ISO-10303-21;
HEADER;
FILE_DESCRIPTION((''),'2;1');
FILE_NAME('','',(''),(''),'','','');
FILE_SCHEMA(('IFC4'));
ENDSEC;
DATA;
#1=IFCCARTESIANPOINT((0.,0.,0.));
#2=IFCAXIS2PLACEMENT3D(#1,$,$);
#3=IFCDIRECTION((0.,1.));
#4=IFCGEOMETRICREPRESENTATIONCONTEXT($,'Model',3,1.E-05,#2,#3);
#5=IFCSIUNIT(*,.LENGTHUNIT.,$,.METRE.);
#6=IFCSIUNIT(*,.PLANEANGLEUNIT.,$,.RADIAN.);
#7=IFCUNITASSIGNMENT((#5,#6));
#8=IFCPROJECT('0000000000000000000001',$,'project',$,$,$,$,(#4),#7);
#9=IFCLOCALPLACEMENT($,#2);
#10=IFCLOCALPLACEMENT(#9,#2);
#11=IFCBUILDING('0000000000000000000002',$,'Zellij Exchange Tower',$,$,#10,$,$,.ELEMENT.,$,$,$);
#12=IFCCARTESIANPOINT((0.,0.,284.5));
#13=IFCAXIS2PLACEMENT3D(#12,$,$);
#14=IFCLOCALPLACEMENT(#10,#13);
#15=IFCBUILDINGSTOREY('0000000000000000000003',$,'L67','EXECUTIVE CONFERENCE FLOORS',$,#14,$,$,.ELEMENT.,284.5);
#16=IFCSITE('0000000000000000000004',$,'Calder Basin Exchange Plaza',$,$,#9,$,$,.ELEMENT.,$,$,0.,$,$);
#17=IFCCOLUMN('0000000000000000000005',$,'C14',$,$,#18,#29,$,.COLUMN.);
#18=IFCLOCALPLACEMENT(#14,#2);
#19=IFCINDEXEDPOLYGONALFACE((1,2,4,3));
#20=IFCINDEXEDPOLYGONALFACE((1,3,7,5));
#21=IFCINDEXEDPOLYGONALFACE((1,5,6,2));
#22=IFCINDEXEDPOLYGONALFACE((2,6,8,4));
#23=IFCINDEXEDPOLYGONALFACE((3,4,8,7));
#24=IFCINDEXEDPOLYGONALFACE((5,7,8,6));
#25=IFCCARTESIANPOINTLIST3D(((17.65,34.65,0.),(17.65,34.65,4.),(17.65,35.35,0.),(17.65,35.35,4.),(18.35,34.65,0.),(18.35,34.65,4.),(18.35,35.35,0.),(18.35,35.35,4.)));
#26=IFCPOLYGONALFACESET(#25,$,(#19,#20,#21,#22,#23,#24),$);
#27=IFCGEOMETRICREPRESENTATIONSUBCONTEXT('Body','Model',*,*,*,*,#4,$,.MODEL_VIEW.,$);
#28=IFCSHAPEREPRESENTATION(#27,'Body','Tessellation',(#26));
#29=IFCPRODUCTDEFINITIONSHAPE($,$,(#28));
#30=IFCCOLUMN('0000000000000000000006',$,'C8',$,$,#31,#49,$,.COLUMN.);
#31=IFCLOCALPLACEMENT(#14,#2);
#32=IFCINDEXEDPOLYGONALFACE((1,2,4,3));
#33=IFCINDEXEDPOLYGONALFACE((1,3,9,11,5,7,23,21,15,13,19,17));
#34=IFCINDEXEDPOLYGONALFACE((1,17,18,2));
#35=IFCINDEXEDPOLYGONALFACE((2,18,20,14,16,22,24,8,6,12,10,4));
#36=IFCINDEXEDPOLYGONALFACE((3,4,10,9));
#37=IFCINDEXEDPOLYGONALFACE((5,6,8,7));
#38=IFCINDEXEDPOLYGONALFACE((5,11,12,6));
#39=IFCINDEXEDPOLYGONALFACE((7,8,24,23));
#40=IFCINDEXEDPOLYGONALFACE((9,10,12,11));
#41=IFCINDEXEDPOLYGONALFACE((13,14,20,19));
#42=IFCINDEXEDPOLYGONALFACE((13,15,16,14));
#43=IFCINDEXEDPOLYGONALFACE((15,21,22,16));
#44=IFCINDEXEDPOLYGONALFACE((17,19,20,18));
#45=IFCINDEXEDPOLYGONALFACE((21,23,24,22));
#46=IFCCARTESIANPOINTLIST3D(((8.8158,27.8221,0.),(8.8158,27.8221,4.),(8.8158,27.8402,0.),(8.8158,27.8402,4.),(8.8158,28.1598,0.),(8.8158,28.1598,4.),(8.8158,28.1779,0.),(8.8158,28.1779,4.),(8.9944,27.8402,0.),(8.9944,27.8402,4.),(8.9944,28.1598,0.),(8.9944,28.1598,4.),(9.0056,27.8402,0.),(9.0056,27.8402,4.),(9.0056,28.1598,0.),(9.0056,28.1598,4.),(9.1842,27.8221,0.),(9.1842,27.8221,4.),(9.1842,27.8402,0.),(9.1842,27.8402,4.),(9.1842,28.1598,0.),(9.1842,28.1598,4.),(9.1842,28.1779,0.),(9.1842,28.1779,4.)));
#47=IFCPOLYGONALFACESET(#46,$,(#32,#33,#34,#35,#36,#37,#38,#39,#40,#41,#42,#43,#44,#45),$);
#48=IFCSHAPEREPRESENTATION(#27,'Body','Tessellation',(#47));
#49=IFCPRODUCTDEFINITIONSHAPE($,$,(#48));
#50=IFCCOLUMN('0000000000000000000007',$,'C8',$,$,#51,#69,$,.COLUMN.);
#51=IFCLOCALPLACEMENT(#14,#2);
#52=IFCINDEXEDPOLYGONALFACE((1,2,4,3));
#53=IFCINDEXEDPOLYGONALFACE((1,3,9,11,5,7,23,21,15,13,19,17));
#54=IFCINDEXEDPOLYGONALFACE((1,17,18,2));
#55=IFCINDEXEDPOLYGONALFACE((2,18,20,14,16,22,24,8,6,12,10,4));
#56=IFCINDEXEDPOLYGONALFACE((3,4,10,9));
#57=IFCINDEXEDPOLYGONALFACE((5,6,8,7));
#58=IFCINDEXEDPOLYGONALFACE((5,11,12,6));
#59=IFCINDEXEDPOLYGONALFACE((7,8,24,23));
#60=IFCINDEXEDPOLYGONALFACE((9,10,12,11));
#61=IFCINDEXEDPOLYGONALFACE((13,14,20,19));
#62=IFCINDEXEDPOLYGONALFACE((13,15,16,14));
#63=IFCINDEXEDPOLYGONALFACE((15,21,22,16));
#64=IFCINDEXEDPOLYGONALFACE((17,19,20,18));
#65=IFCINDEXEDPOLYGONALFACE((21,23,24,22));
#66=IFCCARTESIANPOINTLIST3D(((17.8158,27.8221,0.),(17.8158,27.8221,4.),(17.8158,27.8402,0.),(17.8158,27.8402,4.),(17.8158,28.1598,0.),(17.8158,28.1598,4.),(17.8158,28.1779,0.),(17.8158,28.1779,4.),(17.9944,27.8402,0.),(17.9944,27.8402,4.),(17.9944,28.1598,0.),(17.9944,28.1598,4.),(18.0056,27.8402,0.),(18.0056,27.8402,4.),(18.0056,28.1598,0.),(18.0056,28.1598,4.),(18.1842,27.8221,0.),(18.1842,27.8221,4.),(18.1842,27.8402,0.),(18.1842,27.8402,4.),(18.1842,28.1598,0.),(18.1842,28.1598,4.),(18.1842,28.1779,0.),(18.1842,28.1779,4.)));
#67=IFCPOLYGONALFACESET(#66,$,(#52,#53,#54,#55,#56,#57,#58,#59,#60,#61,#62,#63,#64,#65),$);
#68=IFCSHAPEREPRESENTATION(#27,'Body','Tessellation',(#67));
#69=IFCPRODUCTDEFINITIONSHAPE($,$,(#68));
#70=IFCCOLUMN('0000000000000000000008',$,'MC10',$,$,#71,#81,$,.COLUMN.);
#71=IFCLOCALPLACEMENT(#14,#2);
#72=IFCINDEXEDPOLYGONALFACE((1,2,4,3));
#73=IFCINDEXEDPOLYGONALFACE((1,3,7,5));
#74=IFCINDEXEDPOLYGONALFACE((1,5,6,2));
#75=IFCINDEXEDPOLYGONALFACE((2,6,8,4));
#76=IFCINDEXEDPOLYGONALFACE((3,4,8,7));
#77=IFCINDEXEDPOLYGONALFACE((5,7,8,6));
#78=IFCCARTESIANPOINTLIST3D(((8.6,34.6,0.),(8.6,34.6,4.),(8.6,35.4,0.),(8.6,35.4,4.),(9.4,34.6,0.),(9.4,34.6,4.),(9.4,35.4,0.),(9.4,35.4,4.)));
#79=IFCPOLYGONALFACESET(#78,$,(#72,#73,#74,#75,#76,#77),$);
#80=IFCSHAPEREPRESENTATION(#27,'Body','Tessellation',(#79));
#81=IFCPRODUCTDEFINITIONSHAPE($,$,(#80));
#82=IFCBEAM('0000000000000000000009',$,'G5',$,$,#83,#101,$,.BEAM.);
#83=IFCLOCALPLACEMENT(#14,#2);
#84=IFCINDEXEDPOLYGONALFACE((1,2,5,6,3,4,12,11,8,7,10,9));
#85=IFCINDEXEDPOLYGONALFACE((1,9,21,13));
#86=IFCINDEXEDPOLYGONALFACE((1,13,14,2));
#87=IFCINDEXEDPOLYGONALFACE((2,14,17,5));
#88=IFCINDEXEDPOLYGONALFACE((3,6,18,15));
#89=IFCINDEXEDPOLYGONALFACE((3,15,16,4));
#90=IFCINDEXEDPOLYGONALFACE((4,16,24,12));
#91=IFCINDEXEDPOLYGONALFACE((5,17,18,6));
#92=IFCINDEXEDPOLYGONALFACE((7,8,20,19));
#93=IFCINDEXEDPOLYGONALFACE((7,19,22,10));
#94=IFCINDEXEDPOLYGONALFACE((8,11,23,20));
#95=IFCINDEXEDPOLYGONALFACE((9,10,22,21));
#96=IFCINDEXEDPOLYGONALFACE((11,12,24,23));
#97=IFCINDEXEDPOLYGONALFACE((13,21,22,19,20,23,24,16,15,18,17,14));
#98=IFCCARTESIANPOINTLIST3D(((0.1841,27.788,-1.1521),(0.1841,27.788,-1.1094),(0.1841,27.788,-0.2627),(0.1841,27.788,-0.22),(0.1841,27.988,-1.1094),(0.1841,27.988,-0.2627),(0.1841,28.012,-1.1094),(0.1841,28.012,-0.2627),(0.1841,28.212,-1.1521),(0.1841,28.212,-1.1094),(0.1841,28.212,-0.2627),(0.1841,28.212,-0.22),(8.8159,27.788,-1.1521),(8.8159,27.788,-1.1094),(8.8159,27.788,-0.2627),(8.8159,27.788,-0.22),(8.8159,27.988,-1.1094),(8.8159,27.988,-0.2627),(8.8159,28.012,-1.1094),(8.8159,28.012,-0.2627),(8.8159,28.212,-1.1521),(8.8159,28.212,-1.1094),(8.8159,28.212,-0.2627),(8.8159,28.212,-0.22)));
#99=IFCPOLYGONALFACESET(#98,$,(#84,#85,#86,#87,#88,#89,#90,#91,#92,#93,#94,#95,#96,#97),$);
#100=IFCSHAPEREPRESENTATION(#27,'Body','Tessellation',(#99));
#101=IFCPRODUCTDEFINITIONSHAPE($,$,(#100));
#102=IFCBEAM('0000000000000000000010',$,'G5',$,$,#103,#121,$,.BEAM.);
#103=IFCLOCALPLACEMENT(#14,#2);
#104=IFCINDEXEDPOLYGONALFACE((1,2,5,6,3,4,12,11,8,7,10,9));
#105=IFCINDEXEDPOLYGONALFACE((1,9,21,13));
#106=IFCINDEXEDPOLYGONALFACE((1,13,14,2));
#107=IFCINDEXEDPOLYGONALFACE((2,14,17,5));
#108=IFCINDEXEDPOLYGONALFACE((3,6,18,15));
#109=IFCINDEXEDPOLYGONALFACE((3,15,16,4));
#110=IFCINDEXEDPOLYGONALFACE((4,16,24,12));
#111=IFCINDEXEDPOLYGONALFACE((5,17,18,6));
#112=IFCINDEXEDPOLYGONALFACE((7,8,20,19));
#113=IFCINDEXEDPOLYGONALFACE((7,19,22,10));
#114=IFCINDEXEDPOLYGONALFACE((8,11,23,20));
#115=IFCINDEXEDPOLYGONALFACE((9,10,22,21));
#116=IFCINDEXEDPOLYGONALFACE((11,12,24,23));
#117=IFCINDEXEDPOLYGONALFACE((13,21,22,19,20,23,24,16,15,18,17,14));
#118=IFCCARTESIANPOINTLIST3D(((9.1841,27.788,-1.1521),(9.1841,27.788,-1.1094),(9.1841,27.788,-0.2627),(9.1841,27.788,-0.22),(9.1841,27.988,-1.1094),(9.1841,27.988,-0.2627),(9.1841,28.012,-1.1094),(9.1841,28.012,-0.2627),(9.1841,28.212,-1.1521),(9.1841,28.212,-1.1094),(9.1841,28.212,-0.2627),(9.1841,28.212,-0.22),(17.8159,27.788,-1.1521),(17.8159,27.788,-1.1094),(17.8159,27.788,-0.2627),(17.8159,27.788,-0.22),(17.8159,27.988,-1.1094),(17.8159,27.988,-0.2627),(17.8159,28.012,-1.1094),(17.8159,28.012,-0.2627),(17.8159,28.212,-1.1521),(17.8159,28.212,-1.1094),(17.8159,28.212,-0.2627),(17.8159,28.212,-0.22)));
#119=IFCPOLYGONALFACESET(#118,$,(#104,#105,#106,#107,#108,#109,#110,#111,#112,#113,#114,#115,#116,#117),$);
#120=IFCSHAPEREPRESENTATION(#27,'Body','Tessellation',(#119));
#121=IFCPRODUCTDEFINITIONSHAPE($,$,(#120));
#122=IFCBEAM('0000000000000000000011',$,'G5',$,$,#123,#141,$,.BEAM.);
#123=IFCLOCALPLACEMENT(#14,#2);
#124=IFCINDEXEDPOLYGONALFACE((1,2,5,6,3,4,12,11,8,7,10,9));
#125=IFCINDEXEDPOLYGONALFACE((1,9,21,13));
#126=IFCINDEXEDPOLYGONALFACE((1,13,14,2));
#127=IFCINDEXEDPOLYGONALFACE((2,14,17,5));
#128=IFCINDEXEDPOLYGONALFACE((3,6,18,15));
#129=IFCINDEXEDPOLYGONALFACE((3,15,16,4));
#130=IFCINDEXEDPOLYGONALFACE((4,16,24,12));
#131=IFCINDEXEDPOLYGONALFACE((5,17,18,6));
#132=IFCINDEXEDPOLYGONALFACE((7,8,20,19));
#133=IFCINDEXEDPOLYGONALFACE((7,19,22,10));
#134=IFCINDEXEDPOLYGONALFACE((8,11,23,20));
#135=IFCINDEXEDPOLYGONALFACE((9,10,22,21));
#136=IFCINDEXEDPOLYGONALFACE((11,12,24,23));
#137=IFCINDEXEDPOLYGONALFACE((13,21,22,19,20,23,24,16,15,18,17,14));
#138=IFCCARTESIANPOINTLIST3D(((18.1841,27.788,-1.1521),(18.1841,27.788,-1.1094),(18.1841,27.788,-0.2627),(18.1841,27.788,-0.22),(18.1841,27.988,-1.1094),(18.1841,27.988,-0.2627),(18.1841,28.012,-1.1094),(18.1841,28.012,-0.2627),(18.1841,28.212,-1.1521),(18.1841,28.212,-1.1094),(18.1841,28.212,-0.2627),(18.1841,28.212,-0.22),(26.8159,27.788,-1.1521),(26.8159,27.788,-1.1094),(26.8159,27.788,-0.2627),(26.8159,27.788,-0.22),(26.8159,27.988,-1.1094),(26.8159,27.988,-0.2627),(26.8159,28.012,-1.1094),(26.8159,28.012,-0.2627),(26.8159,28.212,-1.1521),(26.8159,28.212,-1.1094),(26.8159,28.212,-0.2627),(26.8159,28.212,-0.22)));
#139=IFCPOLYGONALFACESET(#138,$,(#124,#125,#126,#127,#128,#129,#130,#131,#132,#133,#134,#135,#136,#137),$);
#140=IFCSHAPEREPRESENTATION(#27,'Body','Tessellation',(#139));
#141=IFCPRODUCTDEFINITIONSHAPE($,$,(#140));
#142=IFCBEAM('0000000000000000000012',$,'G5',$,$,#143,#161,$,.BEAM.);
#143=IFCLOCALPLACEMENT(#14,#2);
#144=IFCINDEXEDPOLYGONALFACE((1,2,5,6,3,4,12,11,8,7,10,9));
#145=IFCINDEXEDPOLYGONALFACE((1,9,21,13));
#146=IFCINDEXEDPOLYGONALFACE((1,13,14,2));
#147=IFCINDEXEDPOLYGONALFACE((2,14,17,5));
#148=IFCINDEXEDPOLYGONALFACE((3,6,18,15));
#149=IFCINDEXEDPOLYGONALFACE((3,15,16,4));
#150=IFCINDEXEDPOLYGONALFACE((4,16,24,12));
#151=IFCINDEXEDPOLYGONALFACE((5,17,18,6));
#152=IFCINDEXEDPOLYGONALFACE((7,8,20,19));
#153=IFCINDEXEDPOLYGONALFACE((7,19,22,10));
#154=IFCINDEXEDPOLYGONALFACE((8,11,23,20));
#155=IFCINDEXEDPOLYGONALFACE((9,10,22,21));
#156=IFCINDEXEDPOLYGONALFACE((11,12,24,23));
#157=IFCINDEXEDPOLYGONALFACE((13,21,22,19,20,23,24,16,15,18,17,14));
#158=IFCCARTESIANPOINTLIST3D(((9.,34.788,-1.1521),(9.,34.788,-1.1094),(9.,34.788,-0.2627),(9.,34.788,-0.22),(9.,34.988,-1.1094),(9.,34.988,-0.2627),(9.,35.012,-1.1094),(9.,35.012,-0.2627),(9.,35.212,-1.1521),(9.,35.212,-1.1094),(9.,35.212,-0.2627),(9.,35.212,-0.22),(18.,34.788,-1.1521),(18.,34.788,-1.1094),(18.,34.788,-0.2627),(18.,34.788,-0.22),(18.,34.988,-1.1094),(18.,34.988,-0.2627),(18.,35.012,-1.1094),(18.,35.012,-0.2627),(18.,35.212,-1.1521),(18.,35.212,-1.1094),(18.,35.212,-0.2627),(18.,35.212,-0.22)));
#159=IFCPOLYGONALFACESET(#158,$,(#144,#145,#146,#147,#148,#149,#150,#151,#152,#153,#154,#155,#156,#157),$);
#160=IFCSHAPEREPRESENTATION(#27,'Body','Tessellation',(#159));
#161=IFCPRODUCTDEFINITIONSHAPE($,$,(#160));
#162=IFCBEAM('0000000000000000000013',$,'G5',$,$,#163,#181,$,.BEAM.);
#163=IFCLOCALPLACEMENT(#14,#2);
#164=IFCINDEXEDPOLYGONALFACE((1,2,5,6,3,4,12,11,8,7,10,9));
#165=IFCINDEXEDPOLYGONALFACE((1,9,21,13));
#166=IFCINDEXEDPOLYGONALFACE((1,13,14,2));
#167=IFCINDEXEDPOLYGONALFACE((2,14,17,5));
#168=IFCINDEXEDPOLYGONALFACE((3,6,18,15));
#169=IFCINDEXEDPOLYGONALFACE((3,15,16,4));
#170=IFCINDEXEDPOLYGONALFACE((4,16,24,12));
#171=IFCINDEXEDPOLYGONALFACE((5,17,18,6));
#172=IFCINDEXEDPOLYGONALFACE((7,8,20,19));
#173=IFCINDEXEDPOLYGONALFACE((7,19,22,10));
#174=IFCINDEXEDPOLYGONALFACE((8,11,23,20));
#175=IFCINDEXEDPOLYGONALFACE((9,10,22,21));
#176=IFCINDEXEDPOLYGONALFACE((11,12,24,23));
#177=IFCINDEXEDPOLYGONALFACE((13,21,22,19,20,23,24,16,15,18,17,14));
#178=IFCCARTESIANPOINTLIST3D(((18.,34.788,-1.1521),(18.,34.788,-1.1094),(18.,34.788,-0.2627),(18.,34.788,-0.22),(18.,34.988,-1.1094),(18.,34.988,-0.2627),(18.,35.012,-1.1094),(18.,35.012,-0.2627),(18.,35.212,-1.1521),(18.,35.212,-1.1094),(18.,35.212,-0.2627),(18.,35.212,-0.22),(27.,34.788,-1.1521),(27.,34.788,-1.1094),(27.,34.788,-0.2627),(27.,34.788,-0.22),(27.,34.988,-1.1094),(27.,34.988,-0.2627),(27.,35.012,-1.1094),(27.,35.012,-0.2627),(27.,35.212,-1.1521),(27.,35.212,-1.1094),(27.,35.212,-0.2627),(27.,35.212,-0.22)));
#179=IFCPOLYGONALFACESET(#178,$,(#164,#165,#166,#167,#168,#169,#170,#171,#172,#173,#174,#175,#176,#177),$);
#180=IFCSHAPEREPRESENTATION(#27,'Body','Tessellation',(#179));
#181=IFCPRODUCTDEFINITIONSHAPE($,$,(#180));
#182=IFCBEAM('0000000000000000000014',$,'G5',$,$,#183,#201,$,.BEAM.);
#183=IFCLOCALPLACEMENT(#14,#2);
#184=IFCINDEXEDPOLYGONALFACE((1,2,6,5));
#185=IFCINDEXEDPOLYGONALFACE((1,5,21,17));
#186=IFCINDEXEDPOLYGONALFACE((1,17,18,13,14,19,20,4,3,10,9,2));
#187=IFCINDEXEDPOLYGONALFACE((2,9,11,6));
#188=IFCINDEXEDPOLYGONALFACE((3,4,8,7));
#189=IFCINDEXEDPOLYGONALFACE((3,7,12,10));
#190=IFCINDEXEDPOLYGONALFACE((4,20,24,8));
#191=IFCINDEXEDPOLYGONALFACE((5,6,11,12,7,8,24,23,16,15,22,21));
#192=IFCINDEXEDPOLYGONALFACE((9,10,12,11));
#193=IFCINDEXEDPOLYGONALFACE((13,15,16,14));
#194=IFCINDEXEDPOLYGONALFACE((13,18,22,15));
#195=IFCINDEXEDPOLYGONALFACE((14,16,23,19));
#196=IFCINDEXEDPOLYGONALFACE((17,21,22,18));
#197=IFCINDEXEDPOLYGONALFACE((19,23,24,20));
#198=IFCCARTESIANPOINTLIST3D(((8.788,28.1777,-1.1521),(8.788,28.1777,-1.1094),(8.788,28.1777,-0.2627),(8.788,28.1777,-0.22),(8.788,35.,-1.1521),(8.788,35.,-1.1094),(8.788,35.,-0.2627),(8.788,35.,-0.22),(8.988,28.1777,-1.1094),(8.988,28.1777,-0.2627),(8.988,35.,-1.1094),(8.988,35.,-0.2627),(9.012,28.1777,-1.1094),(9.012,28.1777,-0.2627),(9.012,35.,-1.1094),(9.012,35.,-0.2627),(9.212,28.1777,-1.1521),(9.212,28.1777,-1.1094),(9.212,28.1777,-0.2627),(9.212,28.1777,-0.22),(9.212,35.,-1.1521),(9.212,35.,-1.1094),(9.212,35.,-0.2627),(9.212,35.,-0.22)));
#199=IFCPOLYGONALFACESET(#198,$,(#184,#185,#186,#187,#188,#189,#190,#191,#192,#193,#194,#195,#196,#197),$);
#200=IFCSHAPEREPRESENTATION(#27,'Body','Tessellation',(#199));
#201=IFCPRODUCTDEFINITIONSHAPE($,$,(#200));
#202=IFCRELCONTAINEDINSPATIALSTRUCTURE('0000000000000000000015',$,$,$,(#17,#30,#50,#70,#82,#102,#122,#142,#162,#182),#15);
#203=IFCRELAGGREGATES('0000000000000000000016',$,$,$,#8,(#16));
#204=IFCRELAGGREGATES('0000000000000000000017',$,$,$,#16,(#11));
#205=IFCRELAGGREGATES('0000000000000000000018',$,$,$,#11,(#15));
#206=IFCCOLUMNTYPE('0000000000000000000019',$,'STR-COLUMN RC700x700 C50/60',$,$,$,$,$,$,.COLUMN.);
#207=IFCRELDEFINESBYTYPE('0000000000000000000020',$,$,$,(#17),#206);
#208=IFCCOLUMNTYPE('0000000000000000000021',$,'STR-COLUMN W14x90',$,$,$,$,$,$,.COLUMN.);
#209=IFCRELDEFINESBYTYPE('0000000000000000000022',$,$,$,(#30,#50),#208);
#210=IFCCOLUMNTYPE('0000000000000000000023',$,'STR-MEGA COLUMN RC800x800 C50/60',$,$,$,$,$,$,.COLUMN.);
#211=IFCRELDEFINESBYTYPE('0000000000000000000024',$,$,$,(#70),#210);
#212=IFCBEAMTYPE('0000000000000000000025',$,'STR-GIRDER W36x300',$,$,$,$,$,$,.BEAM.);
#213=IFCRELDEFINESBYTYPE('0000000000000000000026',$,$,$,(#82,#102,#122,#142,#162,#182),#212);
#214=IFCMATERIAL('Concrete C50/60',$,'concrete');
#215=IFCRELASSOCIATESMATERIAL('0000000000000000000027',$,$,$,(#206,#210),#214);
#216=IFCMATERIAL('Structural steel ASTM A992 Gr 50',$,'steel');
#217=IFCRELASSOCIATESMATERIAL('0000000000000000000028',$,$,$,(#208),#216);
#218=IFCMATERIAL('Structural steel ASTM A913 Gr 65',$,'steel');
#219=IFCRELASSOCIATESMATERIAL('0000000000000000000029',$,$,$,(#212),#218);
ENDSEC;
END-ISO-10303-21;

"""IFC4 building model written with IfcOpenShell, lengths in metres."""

from ifc_helpers import new_model, si_unit, direction, frame, origin, origin_2d, place, context, subcontext, project, spatial, rectangle, i_section, extrude, material, material_profile, profile_set, type_object, element, save


model = new_model("IFC4")

# Units and contexts
model_context = context("Model", 3, precision=1e-05, world=origin(), true_north=direction((0.0, 1.0)))
body_context = subcontext(model_context, "Body", "Model", "MODEL_VIEW")
ifc_project = project(units=[si_unit("LENGTHUNIT", "METRE"), si_unit("PLANEANGLEUNIT", "RADIAN")], contexts=[model_context])

# Site, building, storey
site_placement = place(None, origin())
site = spatial("IfcSite", under=ifc_project, at=site_placement, Name="Calder Basin Exchange Plaza", CompositionType="ELEMENT", RefElevation=0.0)
building_placement = place(site_placement, origin())
building = spatial("IfcBuilding", under=site, at=building_placement, Name="Zellij Exchange Tower", CompositionType="ELEMENT")
storey_placement = place(building_placement, frame((0.0, 0.0, 284.5)))
storey = spatial("IfcBuildingStorey", under=building, at=storey_placement, Name="L67", Description="EXECUTIVE CONFERENCE FLOORS", CompositionType="ELEMENT", Elevation=284.5)

# Columns
ifc_material_1 = material(Name="Concrete C50/60", Category="concrete")
ifc_material_profile_1 = material_profile(ifc_material_1, rectangle(XDim=0.7, YDim=0.7, at=origin_2d()), Name="STR-COLUMN RC700x700 C50/60")
ifc_profile_set_1 = profile_set([ifc_material_profile_1], Name="Concrete C50/60")
column_type_1 = type_object("IfcColumnType", Name="STR-COLUMN RC700x700 C50/60", PredefinedType="COLUMN", material=ifc_profile_set_1)
column_1_placement = place(storey_placement, frame((18.0, 35.0, 0.0), z_axis=(0.0, 0.0, 1.0), x_axis=(1.0, 0.0, 0.0)))
element("IfcColumn", 1, at=column_1_placement, inside=storey, type_object=column_type_1, Name="C14", PredefinedType="COLUMN", context=body_context, shape_type="SweptSolid", body=[
    extrude(rectangle(XDim=0.7, YDim=0.7, at=origin_2d()), origin(), (0.0, 0.0, 1.0), 4.0),
])
ifc_material_2 = material(Name="Structural steel ASTM A992 Gr 50", Category="steel")
ifc_material_profile_2 = material_profile(ifc_material_2, i_section(OverallWidth=0.3684, OverallDepth=0.3557, WebThickness=0.0112, FlangeThickness=0.0181, at=origin_2d()), Name="W14x90")
ifc_profile_set_2 = profile_set([ifc_material_profile_2], Name="Structural steel ASTM A992 Gr 50")
column_type_2 = type_object("IfcColumnType", Name="STR-COLUMN W14x90", PredefinedType="COLUMN", material=ifc_profile_set_2)
for number, where, z_axis, x_axis, name in (
    (2, (9.0, 28.0, 0.0), (0.0, 0.0, 1.0), (1.0, 0.0, 0.0), "C8"),
    (3, (18.0, 28.0, 0.0), (0.0, 0.0, 1.0), (1.0, 0.0, 0.0), "C8"),
):
    element("IfcColumn", number, at=place(storey_placement, frame(where, z_axis=z_axis, x_axis=x_axis)), inside=storey, type_object=column_type_2, Name=name, PredefinedType="COLUMN", context=body_context, shape_type="SweptSolid", body=[
        extrude(i_section(OverallWidth=0.3684, OverallDepth=0.3557, WebThickness=0.0112, FlangeThickness=0.0181, at=origin_2d()), origin(), (0.0, 0.0, 1.0), 4.0),
    ])
ifc_material_profile_3 = material_profile(ifc_material_1, rectangle(XDim=0.8, YDim=0.8, at=origin_2d()), Name="STR-MEGA COLUMN RC800x800 C50/60")
ifc_profile_set_3 = profile_set([ifc_material_profile_3], Name="Concrete C50/60")
column_type_3 = type_object("IfcColumnType", Name="STR-MEGA COLUMN RC800x800 C50/60", PredefinedType="COLUMN", material=ifc_profile_set_3)
column_2_placement = place(storey_placement, frame((9.0, 35.0, 0.0), z_axis=(0.0, 0.0, 1.0), x_axis=(1.0, 0.0, 0.0)))
element("IfcColumn", 4, at=column_2_placement, inside=storey, type_object=column_type_3, Name="MC10", PredefinedType="COLUMN", context=body_context, shape_type="SweptSolid", body=[
    extrude(rectangle(XDim=0.8, YDim=0.8, at=origin_2d()), origin(), (0.0, 0.0, 1.0), 4.0),
])

# Beams
ifc_material_3 = material(Name="Structural steel ASTM A913 Gr 65", Category="steel")
ifc_material_profile_4 = material_profile(ifc_material_3, i_section(OverallWidth=0.4241, OverallDepth=0.9321, WebThickness=0.0239, FlangeThickness=0.0427, at=origin_2d()), Name="W36x300")
ifc_profile_set_4 = profile_set([ifc_material_profile_4], Name="Structural steel ASTM A913 Gr 65")
beam_type = type_object("IfcBeamType", Name="STR-GIRDER W36x300", PredefinedType="BEAM", material=ifc_profile_set_4)
for number, where, z_axis, x_axis, name in (
    (5, (0.1841, 28.0, -0.686), (1.0, 0.0, 0.0), (0.0, 1.0, 0.0), "G5"),
    (6, (9.1841, 28.0, -0.686), (1.0, 0.0, 0.0), (0.0, 1.0, 0.0), "G5"),
    (7, (18.1841, 28.0, -0.686), (1.0, 0.0, 0.0), (0.0, 1.0, 0.0), "G5"),
):
    element("IfcBeam", number, at=place(storey_placement, frame(where, z_axis=z_axis, x_axis=x_axis)), inside=storey, type_object=beam_type, Name=name, PredefinedType="BEAM", context=body_context, shape_type="SweptSolid", body=[
        extrude(i_section(OverallWidth=0.4241, OverallDepth=0.9321, WebThickness=0.0239, FlangeThickness=0.0427, at=origin_2d()), origin(), (0.0, 0.0, 1.0), 8.6318),
    ])
for number, where, z_axis, x_axis, name in (
    (8, (9.0, 35.0, -0.686), (1.0, 0.0, 0.0), (0.0, 1.0, 0.0), "G5"),
    (9, (18.0, 35.0, -0.686), (1.0, 0.0, 0.0), (0.0, 1.0, 0.0), "G5"),
):
    element("IfcBeam", number, at=place(storey_placement, frame(where, z_axis=z_axis, x_axis=x_axis)), inside=storey, type_object=beam_type, Name=name, PredefinedType="BEAM", context=body_context, shape_type="SweptSolid", body=[
        extrude(i_section(OverallWidth=0.4241, OverallDepth=0.9321, WebThickness=0.0239, FlangeThickness=0.0427, at=origin_2d()), origin(), (0.0, 0.0, 1.0), 9.0),
    ])
for number, where, z_axis, x_axis, name in (
    (10, (9.0, 28.1777, -0.686), (0.0, 1.0, 0.0), (-1.0, 0.0, 0.0), "G5"),
):
    element("IfcBeam", number, at=place(storey_placement, frame(where, z_axis=z_axis, x_axis=x_axis)), inside=storey, type_object=beam_type, Name=name, PredefinedType="BEAM", context=body_context, shape_type="SweptSolid", body=[
        extrude(i_section(OverallWidth=0.4241, OverallDepth=0.9321, WebThickness=0.0239, FlangeThickness=0.0427, at=origin_2d()), origin(), (0.0, 0.0, 1.0), 6.8223),
    ])

save(model, "model.ifc")
